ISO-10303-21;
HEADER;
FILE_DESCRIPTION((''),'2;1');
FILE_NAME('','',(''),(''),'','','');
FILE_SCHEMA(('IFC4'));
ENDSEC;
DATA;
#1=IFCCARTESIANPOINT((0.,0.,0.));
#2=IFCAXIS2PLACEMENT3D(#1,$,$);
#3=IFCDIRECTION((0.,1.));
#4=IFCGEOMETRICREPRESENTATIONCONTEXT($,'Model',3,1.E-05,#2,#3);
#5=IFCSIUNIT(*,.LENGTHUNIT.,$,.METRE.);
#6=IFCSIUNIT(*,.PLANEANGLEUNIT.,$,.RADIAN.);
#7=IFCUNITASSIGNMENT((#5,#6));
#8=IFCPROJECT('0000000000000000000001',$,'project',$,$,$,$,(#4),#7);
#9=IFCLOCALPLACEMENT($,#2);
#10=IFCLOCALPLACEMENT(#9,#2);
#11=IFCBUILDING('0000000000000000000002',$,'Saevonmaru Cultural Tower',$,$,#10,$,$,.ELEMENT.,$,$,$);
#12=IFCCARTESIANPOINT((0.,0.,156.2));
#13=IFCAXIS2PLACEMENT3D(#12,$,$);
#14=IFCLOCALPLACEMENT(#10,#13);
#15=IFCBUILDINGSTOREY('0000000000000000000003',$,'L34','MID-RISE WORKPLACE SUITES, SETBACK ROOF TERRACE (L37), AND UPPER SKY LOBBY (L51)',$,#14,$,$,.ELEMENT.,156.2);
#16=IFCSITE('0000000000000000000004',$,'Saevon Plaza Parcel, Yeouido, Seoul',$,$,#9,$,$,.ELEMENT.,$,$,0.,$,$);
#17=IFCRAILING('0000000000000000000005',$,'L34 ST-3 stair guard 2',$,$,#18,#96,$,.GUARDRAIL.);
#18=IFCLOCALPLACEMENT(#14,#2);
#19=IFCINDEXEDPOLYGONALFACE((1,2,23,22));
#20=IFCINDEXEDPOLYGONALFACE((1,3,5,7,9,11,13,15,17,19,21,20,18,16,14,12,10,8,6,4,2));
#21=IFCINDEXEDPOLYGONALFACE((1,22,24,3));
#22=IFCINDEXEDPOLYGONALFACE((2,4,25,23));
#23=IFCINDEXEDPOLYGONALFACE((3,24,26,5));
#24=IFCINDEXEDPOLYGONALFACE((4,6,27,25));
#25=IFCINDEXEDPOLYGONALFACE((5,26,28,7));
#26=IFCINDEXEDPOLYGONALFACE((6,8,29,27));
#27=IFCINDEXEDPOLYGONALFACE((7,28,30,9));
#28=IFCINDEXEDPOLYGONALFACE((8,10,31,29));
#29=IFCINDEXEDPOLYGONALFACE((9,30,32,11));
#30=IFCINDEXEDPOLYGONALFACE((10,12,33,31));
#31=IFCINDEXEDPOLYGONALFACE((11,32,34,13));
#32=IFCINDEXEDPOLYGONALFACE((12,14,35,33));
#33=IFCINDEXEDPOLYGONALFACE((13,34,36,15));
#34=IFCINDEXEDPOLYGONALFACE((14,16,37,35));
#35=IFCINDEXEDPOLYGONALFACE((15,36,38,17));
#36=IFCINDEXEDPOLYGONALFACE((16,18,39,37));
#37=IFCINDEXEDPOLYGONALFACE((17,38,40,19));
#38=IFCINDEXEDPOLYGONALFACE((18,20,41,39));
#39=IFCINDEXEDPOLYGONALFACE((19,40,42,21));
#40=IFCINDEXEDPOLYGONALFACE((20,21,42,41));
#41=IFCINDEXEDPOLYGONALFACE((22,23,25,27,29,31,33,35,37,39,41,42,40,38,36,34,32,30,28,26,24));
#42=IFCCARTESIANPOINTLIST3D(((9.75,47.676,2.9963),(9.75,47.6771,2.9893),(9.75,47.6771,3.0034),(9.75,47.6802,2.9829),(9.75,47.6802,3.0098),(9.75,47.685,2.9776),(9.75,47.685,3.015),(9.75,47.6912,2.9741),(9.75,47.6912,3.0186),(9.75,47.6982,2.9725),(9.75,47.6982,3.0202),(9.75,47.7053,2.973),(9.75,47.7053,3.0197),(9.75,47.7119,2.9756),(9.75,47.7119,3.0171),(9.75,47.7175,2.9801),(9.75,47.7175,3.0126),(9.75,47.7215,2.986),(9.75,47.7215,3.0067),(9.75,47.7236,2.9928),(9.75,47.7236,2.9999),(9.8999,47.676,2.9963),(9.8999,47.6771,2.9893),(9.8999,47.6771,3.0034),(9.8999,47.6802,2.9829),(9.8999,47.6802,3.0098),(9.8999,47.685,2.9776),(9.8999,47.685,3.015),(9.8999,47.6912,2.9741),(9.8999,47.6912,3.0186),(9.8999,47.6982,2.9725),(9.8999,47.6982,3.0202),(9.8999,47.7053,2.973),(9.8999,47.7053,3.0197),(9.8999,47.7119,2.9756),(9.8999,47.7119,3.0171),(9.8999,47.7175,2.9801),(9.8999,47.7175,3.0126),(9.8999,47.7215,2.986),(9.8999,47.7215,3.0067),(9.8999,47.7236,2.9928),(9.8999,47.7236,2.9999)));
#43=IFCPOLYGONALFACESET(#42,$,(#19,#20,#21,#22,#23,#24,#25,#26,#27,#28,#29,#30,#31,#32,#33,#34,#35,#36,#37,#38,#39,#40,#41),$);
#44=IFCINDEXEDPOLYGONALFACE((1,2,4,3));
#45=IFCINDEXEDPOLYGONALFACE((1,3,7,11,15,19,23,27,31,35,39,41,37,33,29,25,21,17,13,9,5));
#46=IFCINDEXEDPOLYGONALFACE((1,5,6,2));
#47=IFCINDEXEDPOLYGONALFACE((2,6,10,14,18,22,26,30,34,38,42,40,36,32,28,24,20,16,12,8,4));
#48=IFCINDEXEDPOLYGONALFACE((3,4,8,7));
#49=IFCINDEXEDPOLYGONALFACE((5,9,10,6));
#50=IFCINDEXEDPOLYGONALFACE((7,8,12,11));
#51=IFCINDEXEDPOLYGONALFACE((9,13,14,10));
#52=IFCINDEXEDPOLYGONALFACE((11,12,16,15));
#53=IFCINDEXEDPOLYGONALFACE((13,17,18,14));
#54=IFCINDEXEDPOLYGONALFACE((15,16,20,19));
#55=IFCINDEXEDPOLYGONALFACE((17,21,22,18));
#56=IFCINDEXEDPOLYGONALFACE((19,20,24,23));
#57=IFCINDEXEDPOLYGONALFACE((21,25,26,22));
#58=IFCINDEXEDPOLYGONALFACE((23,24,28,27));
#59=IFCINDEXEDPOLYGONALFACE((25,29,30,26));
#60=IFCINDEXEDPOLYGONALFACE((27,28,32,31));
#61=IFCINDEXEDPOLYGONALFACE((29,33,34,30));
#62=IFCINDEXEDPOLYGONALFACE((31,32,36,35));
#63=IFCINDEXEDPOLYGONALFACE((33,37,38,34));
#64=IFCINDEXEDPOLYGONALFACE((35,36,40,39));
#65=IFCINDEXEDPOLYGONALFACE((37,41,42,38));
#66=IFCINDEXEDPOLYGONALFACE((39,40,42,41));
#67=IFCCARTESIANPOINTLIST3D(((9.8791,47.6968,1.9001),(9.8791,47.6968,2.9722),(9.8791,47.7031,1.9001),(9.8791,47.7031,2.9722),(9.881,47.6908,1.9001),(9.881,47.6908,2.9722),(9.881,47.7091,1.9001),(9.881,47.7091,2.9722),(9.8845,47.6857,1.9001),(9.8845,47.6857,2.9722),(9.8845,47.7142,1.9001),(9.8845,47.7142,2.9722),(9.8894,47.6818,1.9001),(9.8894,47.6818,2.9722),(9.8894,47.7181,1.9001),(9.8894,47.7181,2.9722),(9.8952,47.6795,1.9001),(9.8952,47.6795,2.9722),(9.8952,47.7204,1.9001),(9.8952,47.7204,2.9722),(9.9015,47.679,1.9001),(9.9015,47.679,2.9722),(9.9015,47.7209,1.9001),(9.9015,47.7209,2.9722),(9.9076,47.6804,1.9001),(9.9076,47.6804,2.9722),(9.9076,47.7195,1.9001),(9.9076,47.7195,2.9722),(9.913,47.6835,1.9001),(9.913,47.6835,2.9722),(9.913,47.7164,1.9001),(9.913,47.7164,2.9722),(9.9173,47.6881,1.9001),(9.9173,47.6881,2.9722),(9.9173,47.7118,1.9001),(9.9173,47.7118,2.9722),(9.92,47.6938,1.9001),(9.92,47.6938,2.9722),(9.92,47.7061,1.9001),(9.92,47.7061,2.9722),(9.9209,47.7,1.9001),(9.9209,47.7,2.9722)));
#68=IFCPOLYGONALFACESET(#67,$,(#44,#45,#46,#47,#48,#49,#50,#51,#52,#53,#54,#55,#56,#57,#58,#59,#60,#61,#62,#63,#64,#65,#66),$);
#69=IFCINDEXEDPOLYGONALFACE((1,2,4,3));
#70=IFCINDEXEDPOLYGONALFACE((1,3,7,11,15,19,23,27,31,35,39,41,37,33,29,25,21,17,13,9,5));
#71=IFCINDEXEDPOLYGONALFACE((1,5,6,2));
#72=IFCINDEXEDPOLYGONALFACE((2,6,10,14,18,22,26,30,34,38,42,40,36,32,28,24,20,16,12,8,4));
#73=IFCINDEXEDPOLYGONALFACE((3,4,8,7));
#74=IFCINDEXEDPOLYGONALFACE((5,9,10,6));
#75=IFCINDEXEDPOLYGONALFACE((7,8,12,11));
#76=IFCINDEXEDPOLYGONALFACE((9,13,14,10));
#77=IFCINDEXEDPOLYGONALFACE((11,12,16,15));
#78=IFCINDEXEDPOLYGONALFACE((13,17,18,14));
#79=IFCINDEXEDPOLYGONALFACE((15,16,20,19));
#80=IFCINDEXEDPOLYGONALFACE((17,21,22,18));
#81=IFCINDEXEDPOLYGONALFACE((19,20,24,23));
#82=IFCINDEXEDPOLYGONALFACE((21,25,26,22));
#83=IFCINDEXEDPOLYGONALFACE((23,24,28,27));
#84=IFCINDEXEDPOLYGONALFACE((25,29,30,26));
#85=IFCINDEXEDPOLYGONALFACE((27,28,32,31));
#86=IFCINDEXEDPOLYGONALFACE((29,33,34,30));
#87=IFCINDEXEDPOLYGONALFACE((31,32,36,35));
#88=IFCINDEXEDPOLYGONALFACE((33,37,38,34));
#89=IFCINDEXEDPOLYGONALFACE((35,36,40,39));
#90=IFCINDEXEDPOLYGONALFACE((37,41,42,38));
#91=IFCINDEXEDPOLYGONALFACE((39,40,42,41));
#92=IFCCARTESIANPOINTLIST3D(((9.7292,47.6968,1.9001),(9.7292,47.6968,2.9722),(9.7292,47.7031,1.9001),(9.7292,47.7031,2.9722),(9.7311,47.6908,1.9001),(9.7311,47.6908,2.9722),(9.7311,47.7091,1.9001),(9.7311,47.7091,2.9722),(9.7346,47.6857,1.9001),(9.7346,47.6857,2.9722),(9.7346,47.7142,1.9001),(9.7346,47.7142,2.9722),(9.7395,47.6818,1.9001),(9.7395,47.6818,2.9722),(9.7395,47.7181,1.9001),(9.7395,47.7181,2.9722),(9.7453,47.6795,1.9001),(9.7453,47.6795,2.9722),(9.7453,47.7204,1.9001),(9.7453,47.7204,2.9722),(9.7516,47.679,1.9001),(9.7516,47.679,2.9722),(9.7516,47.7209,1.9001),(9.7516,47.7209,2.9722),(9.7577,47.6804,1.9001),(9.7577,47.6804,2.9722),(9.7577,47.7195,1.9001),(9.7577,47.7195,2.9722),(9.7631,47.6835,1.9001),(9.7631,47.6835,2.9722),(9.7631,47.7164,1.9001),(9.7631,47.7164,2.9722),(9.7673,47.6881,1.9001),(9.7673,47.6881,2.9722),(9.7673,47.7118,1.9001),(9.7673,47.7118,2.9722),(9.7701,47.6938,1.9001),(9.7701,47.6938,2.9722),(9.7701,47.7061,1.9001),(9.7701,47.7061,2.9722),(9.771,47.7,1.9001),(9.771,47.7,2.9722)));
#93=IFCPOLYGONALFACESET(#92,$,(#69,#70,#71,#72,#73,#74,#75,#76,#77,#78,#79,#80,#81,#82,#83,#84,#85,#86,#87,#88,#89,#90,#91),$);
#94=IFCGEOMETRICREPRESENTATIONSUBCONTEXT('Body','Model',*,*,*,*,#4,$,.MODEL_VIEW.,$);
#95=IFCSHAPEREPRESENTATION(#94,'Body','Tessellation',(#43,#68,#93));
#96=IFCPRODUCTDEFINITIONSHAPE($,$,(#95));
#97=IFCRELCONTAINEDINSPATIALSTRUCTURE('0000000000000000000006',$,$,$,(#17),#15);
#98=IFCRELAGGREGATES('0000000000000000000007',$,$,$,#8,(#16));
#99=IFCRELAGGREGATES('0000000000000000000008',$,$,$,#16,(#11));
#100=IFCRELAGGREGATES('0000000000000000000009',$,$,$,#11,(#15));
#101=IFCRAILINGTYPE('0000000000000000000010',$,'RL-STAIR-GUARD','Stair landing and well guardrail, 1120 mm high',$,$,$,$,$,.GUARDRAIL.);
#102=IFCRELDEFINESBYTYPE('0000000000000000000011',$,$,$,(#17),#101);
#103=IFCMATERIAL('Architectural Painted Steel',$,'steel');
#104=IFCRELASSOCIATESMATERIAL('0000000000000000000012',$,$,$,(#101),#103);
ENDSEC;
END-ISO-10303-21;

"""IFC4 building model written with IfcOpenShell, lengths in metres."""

from ifc_helpers import new_model, si_unit, direction, frame, origin, origin_2d, place, context, subcontext, project, spatial, circle, extrude, material, type_object, element, save


model = new_model("IFC4")

# Units and contexts
model_context = context("Model", 3, precision=1e-05, world=origin(), true_north=direction((0.0, 1.0)))
body_context = subcontext(model_context, "Body", "Model", "MODEL_VIEW")
ifc_project = project(units=[si_unit("LENGTHUNIT", "METRE"), si_unit("PLANEANGLEUNIT", "RADIAN")], contexts=[model_context])

# Site, building, storey
site_placement = place(None, origin())
site = spatial("IfcSite", under=ifc_project, at=site_placement, Name="Saevon Plaza Parcel, Yeouido, Seoul", CompositionType="ELEMENT", RefElevation=0.0)
building_placement = place(site_placement, origin())
building = spatial("IfcBuilding", under=site, at=building_placement, Name="Saevonmaru Cultural Tower", CompositionType="ELEMENT")
storey_placement = place(building_placement, frame((0.0, 0.0, 156.2)))
storey = spatial("IfcBuildingStorey", under=building, at=storey_placement, Name="L34", Description="MID-RISE WORKPLACE SUITES, SETBACK ROOF TERRACE (L37), AND UPPER SKY LOBBY (L51)", CompositionType="ELEMENT", Elevation=156.2)

# Railing
ifc_material_1 = material(Name="Architectural Painted Steel", Category="steel")
railing_type_1 = type_object("IfcRailingType", Name="RL-STAIR-GUARD", Description="Stair landing and well guardrail, 1120 mm high", PredefinedType="GUARDRAIL", material=ifc_material_1)
railing_1_placement = place(storey_placement, frame((9.8999, 47.7, 1.9001)))
element("IfcRailing", 1, at=railing_1_placement, inside=storey, type_object=railing_type_1, Name="L34 ST-3 stair guard 2", PredefinedType="GUARDRAIL", context=body_context, shape_type="SweptSolid", body=[
    extrude(circle(Radius=0.0239, at=origin_2d()), frame((0.0, 0.0, 1.0962), z_axis=(-1.0, 0.0, 0.0), x_axis=(0.0, -1.0, 0.0)), (0.0, 0.0, 1.0), 0.1499),
    extrude(circle(Radius=0.021, at=origin_2d()), origin(), (0.0, 0.0, 1.0), 1.072),
    extrude(circle(Radius=0.021, at=origin_2d()), frame((-0.1499, 0.0, 0.0)), (0.0, 0.0, 1.0), 1.072),
])

save(model, "model.ifc")
